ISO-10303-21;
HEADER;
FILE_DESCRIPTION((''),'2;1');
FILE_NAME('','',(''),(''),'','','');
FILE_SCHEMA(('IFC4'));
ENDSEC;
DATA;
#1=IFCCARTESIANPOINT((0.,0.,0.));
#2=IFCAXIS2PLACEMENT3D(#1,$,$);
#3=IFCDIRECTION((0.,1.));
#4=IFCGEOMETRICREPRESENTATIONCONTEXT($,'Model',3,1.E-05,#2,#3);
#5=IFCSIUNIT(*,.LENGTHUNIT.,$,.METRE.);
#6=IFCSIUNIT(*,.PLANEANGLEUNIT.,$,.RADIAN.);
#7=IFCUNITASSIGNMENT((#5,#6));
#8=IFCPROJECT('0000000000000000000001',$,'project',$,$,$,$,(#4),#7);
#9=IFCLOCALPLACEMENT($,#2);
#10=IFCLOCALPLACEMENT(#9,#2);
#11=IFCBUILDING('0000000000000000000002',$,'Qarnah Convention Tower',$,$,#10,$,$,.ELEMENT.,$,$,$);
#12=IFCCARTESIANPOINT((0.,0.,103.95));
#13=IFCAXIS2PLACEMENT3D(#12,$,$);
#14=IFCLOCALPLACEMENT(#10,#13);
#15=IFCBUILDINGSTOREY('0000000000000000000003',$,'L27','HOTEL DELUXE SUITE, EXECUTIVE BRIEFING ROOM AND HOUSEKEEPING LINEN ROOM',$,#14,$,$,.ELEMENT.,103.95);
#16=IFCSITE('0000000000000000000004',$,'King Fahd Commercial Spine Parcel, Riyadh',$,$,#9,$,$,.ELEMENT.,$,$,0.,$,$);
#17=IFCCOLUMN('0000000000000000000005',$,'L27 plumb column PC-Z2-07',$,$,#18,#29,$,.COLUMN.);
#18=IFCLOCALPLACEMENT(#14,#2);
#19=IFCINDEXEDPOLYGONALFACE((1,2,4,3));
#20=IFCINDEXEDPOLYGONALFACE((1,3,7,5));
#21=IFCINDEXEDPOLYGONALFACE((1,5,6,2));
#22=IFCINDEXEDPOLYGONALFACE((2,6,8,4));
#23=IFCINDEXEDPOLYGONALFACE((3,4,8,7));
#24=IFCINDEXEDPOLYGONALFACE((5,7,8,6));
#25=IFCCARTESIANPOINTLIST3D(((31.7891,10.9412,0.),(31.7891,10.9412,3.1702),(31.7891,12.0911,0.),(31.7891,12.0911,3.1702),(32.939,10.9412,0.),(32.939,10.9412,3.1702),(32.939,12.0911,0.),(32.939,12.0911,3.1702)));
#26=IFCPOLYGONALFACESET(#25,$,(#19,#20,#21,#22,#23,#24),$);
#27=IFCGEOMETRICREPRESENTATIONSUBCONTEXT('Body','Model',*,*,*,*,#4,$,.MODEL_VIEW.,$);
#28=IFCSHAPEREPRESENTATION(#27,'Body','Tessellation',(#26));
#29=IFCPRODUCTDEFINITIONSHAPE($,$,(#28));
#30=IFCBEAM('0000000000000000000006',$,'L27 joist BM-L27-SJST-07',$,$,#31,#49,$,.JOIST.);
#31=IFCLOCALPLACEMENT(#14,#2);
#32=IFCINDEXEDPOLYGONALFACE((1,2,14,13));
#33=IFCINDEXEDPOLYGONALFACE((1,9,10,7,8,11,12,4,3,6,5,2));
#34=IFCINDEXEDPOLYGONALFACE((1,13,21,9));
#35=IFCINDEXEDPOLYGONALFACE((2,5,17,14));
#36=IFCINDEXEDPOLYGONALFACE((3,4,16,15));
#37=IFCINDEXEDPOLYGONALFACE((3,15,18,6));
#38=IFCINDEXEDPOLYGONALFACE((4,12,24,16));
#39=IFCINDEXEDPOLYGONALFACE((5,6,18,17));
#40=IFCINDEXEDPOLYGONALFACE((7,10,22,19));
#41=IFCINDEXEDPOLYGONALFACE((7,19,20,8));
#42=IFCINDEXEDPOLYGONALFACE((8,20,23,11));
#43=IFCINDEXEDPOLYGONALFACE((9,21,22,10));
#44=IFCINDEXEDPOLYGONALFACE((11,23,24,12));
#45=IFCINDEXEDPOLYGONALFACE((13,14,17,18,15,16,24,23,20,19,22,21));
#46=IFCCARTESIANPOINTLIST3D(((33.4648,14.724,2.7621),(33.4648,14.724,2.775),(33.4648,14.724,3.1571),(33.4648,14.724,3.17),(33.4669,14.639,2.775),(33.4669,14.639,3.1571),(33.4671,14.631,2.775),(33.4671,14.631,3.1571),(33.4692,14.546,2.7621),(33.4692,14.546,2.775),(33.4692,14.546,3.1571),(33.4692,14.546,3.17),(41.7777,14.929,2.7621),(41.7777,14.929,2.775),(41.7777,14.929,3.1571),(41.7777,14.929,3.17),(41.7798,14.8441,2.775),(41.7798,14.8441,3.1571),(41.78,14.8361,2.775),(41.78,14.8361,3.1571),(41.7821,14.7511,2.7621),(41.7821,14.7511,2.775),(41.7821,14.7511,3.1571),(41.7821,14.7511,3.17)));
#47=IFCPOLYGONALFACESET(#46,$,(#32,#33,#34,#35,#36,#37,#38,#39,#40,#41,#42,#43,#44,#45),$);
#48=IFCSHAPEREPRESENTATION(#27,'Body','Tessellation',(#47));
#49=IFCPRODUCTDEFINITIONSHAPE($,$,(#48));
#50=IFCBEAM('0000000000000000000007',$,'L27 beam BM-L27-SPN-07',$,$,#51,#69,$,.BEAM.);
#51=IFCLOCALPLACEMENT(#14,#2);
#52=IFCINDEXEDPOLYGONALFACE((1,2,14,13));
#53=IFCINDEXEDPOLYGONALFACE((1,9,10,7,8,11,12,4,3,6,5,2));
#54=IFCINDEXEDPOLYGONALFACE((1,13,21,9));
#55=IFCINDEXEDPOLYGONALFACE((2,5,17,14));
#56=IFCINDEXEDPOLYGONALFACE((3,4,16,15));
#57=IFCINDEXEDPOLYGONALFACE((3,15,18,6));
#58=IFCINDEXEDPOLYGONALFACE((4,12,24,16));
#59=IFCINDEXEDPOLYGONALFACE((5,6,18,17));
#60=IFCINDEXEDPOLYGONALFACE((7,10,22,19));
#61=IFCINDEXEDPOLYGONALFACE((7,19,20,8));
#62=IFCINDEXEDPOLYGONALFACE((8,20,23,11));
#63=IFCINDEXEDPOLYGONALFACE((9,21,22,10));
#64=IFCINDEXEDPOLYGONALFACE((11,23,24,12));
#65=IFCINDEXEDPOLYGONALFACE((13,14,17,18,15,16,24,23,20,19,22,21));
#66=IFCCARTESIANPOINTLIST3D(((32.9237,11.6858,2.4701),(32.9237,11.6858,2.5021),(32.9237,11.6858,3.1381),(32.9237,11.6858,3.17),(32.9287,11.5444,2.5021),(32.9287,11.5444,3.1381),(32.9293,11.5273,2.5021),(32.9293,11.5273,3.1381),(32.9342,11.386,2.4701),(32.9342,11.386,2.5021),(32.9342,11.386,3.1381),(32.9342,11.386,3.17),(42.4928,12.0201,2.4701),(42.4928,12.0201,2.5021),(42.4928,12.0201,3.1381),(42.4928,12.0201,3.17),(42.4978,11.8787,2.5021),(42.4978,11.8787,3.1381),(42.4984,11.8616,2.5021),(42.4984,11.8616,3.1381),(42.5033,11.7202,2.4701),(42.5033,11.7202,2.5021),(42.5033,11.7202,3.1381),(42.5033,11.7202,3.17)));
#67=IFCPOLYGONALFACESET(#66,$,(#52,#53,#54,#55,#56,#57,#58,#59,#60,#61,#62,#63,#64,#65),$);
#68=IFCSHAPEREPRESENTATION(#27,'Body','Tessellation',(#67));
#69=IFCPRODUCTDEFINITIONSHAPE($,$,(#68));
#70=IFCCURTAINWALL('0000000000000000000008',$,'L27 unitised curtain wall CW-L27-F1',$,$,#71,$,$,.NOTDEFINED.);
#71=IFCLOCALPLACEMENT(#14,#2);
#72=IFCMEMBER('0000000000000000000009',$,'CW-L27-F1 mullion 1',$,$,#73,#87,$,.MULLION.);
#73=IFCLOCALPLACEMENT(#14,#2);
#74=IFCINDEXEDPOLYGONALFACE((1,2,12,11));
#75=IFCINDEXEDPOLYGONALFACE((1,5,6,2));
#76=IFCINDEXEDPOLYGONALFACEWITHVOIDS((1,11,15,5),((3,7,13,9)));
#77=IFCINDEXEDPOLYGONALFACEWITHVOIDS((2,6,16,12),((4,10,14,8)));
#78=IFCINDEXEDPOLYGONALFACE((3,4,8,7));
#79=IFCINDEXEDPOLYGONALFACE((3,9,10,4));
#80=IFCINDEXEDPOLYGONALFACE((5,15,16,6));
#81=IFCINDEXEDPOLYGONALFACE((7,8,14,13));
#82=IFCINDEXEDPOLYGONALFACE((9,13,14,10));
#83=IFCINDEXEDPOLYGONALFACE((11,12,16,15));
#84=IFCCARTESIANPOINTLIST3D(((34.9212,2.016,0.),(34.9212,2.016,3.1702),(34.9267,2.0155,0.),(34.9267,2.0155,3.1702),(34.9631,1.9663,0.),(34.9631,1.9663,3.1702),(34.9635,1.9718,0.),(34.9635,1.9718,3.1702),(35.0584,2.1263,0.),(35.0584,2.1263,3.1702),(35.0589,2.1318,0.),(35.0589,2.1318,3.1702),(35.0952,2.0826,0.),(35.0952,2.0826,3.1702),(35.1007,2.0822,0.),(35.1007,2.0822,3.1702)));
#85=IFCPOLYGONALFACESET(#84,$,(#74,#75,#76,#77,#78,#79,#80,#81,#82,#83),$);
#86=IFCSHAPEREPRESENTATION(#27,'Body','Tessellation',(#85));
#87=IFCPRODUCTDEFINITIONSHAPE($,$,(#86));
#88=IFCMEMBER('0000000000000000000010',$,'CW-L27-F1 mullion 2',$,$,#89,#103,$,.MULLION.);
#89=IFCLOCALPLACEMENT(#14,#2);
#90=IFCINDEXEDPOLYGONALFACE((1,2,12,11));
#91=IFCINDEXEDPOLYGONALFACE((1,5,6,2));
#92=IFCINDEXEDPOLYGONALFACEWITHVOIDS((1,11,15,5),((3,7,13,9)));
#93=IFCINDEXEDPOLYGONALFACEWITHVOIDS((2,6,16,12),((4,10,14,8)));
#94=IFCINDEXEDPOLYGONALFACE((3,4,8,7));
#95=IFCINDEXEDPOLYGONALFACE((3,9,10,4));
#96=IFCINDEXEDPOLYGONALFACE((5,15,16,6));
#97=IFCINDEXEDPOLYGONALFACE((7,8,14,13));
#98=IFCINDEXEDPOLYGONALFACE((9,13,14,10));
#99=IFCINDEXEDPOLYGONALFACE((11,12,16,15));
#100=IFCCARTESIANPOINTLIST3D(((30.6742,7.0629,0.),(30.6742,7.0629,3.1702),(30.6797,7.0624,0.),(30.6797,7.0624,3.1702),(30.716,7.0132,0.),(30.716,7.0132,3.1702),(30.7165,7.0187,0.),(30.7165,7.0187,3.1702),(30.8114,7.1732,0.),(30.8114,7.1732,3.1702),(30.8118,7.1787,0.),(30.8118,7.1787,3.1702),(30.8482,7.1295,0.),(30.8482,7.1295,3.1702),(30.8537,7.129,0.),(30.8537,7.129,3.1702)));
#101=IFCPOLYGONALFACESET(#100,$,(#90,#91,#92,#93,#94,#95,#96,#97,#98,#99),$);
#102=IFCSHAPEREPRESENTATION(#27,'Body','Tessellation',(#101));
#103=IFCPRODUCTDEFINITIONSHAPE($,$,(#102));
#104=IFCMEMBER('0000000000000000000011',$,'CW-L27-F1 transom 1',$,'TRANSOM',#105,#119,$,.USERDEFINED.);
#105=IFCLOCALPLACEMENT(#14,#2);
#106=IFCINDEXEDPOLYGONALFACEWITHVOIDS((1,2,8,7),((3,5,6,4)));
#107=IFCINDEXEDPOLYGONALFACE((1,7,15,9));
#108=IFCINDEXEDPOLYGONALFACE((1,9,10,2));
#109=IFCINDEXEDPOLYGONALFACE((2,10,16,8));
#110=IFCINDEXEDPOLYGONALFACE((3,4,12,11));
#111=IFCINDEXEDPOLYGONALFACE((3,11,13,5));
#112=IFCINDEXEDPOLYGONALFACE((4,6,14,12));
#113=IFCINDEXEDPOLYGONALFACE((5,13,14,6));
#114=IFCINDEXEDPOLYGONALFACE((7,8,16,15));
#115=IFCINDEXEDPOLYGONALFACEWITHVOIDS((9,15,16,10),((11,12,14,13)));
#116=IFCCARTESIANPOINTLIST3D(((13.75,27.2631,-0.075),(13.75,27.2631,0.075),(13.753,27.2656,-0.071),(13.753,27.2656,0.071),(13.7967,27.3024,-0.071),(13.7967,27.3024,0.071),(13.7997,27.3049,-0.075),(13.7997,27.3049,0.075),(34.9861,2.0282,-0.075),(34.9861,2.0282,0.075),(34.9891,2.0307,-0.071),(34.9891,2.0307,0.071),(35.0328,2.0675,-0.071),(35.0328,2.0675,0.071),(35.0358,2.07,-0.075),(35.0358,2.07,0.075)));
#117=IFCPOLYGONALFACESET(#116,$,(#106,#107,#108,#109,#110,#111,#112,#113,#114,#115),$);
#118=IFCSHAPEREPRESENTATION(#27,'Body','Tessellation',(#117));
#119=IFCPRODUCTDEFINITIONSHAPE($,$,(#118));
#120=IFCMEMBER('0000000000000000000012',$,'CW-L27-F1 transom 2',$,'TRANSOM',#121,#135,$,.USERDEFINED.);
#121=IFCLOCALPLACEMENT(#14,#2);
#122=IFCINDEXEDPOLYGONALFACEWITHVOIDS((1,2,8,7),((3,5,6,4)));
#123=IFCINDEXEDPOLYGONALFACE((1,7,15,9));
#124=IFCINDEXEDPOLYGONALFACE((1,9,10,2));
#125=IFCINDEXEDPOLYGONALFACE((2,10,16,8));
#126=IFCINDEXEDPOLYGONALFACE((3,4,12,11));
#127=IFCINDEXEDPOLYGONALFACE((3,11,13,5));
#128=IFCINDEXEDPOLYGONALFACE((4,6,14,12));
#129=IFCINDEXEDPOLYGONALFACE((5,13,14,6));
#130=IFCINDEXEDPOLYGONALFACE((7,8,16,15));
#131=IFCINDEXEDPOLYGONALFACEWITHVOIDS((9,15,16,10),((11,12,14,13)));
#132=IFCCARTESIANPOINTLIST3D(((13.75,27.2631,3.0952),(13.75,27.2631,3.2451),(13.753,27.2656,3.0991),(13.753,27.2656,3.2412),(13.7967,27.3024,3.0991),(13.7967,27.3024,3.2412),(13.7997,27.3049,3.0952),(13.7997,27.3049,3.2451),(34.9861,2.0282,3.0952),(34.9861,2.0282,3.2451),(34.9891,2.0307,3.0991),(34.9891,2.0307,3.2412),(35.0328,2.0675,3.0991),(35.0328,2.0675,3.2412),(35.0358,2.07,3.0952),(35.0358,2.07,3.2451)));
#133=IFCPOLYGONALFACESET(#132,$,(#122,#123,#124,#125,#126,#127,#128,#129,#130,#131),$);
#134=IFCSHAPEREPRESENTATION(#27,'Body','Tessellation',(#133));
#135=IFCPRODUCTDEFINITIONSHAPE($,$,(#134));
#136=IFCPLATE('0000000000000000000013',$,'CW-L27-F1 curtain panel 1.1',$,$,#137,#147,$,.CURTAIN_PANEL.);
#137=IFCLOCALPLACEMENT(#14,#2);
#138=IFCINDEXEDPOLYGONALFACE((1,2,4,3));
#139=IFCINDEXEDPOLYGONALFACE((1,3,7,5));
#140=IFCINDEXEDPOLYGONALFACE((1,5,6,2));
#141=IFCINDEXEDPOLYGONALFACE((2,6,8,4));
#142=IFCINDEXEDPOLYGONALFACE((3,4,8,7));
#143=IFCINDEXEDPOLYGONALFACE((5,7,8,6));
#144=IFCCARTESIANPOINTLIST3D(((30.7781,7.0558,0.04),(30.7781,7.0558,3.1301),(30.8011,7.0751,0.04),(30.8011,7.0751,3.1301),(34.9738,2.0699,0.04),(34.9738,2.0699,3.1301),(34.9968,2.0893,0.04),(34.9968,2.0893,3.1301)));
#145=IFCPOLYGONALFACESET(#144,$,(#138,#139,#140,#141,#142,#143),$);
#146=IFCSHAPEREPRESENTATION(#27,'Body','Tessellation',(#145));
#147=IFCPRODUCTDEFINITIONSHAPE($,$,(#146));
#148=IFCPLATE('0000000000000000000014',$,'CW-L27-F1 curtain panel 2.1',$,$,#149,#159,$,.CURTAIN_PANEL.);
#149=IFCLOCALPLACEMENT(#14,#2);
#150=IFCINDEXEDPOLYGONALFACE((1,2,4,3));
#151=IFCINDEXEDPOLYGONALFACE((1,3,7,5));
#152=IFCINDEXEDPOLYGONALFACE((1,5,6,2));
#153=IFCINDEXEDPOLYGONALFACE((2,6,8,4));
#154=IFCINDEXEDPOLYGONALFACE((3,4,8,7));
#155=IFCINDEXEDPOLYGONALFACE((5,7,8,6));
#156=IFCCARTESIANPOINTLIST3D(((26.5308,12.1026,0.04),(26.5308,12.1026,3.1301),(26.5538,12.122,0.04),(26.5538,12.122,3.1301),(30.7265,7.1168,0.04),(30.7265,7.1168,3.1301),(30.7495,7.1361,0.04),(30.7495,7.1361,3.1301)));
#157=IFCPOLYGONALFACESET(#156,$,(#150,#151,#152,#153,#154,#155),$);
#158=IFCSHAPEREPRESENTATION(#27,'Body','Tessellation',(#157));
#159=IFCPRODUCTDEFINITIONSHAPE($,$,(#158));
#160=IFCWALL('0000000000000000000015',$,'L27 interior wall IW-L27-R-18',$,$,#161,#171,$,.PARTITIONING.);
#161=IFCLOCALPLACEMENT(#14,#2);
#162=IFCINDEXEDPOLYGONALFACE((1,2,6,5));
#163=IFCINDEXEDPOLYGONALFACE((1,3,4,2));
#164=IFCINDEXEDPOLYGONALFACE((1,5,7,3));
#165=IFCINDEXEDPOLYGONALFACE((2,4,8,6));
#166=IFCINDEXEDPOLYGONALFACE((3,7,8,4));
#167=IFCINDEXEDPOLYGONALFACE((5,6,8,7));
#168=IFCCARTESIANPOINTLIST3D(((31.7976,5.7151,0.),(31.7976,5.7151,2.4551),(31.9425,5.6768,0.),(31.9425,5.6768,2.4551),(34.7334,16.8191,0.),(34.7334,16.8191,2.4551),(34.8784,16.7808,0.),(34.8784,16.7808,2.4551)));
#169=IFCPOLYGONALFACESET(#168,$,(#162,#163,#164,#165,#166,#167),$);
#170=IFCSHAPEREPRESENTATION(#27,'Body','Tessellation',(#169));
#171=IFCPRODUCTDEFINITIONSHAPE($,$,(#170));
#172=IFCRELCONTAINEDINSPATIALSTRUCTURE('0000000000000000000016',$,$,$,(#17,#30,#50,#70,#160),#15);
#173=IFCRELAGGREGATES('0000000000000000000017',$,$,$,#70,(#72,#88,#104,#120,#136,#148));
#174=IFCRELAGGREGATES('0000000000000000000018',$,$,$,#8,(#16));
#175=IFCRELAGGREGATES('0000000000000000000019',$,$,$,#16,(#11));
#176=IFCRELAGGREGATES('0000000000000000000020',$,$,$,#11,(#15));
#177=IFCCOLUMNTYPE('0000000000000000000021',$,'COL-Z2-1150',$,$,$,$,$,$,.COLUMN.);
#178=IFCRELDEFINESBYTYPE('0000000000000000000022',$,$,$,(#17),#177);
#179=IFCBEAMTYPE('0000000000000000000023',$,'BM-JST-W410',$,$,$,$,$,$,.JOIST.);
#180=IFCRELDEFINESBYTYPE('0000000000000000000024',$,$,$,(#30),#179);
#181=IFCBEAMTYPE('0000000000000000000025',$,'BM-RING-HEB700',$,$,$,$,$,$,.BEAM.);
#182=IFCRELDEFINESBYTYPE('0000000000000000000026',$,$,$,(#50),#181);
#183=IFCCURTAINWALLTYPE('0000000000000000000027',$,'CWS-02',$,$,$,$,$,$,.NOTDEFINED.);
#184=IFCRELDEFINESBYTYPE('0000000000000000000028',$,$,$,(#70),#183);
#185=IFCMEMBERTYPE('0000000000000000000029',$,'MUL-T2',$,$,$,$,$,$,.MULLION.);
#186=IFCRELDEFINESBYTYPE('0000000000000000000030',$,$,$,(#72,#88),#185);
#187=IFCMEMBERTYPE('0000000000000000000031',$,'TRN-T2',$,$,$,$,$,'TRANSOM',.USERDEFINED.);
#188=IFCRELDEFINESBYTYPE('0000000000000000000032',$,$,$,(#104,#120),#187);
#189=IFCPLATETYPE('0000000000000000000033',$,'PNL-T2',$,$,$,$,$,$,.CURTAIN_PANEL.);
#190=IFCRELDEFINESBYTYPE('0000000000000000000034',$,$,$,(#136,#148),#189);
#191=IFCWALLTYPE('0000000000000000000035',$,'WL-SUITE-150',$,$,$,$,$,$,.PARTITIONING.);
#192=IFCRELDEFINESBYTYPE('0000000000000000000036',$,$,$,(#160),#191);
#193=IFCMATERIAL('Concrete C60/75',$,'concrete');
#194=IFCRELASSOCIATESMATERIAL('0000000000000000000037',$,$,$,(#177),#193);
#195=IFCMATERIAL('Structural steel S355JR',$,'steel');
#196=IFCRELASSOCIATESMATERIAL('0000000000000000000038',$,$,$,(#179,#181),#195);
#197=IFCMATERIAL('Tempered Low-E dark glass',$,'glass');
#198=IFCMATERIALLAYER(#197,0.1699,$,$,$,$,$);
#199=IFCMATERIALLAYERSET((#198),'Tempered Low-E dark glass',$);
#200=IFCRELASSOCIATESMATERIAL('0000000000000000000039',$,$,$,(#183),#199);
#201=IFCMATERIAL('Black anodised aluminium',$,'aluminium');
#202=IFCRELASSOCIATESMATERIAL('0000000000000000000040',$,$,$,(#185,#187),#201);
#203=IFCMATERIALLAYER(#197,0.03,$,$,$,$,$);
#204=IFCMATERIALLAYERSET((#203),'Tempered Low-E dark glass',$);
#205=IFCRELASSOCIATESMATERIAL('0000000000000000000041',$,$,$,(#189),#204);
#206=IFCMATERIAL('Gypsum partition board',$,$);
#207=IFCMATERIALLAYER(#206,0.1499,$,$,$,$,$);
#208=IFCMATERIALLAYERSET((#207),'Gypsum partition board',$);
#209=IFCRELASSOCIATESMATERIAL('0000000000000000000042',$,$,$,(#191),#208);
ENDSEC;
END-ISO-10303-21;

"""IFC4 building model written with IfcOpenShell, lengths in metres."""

from ifc_helpers import new_model, si_unit, direction, frame, frame_2d, origin, origin_2d, place, context, subcontext, project, spatial, rectangle, hollow_rectangle, i_section, extrude, material, layer, layer_set, material_profile, profile_set, type_object, element, aggregate, save


model = new_model("IFC4")

# Units and contexts
model_context = context("Model", 3, precision=1e-05, world=origin(), true_north=direction((0.0, 1.0)))
body_context = subcontext(model_context, "Body", "Model", "MODEL_VIEW")
ifc_project = project(units=[si_unit("LENGTHUNIT", "METRE"), si_unit("PLANEANGLEUNIT", "RADIAN")], contexts=[model_context])

# Site, building, storey
site_placement = place(None, origin())
site = spatial("IfcSite", under=ifc_project, at=site_placement, Name="King Fahd Commercial Spine Parcel, Riyadh", CompositionType="ELEMENT", RefElevation=0.0)
building_placement = place(site_placement, origin())
building = spatial("IfcBuilding", under=site, at=building_placement, Name="Qarnah Convention Tower", CompositionType="ELEMENT")
storey_placement = place(building_placement, frame((0.0, 0.0, 103.95)))
storey = spatial("IfcBuildingStorey", under=building, at=storey_placement, Name="L27", Description="HOTEL DELUXE SUITE, EXECUTIVE BRIEFING ROOM AND HOUSEKEEPING LINEN ROOM", CompositionType="ELEMENT", Elevation=103.95)

# Column
ifc_material_1 = material(Name="Concrete C60/75", Category="concrete")
ifc_material_profile_1 = material_profile(ifc_material_1, rectangle(XDim=1.1499, YDim=1.1499, at=origin_2d()), Name="RC-COL-1150X1150")
ifc_profile_set_1 = profile_set([ifc_material_profile_1], Name="Concrete C60/75")
column_type = type_object("IfcColumnType", Name="COL-Z2-1150", PredefinedType="COLUMN", material=ifc_profile_set_1)
column_placement = place(storey_placement, frame((32.364, 11.5161, 0.0), z_axis=(0.0, 0.0, 1.0), x_axis=(1.0, 0.0, 0.0)))
element("IfcColumn", 1, at=column_placement, inside=storey, type_object=column_type, Name="L27 plumb column PC-Z2-07", PredefinedType="COLUMN", context=body_context, shape_type="SweptSolid", body=[
    extrude(rectangle(XDim=1.1499, YDim=1.1499, at=origin_2d()), origin(), (0.0, 0.0, 1.0), 3.1702),
])

# Beams
ifc_material_2 = material(Name="Structural steel S355JR", Category="steel")
ifc_material_profile_2 = material_profile(ifc_material_2, i_section(OverallWidth=0.178, OverallDepth=0.408, WebThickness=0.0081, FlangeThickness=0.0129, at=origin_2d()), Name="W410X60")
ifc_profile_set_2 = profile_set([ifc_material_profile_2], Name="Structural steel S355JR")
beam_type_1 = type_object("IfcBeamType", Name="BM-JST-W410", PredefinedType="JOIST", material=ifc_profile_set_2)
beam_1_placement = place(storey_placement, frame((33.467, 14.635, 2.9661), z_axis=(0.999696, 0.024662, 0.0), x_axis=(-0.024662, 0.999696, 0.0)))
element("IfcBeam", 2, at=beam_1_placement, inside=storey, type_object=beam_type_1, Name="L27 joist BM-L27-SJST-07", PredefinedType="JOIST", context=body_context, shape_type="SweptSolid", body=[
    extrude(i_section(OverallWidth=0.178, OverallDepth=0.408, WebThickness=0.0081, FlangeThickness=0.0129, at=origin_2d()), origin(), (0.0, 0.0, 1.0), 8.3154),
])
ifc_material_profile_3 = material_profile(ifc_material_2, i_section(OverallWidth=0.3, OverallDepth=0.7, WebThickness=0.0171, FlangeThickness=0.032, at=origin_2d()), Name="HEB700")
ifc_profile_set_3 = profile_set([ifc_material_profile_3], Name="Structural steel S355JR")
beam_type_2 = type_object("IfcBeamType", Name="BM-RING-HEB700", PredefinedType="BEAM", material=ifc_profile_set_3)
beam_2_placement = place(storey_placement, frame((32.929, 11.5359, 2.8201), z_axis=(0.999391, 0.034907, 0.0), x_axis=(-0.034907, 0.999391, 0.0)))
element("IfcBeam", 3, at=beam_2_placement, inside=storey, type_object=beam_type_2, Name="L27 beam BM-L27-SPN-07", PredefinedType="BEAM", context=body_context, shape_type="SweptSolid", body=[
    extrude(i_section(OverallWidth=0.3, OverallDepth=0.7, WebThickness=0.0171, FlangeThickness=0.032, at=origin_2d()), origin(), (0.0, 0.0, 1.0), 9.575),
])

# Curtain wall, members, plates
ifc_material_3 = material(Name="Tempered Low-E dark glass", Category="glass")
ifc_layer_1 = layer(ifc_material_3, 0.1699)
ifc_layer_set_1 = layer_set([ifc_layer_1], Name="Tempered Low-E dark glass")
curtain_wall_type = type_object("IfcCurtainWallType", Name="CWS-02", PredefinedType="NOTDEFINED", material=ifc_layer_set_1)
curtain_wall_placement = place(storey_placement, origin())
curtain_wall = element("IfcCurtainWall", 4, at=curtain_wall_placement, inside=storey, type_object=curtain_wall_type, Name="L27 unitised curtain wall CW-L27-F1", PredefinedType="NOTDEFINED")
ifc_material_4 = material(Name="Black anodised aluminium", Category="aluminium")
ifc_material_profile_4 = material_profile(ifc_material_4, hollow_rectangle(XDim=0.0649, YDim=0.1799, WallThickness=0.0039, at=origin_2d()), Name="MUL-65X180")
ifc_profile_set_4 = profile_set([ifc_material_profile_4], Name="Black anodised aluminium")
member_type_1 = type_object("IfcMemberType", Name="MUL-T2", PredefinedType="MULLION", material=ifc_profile_set_4)
member_1_placement = place(storey_placement, frame((35.011, 2.0491, 0.0), z_axis=(0.0, 0.0, 1.0), x_axis=(-0.643878, 0.765128, 0.0)))
member_1 = element("IfcMember", 5, at=member_1_placement, type_object=member_type_1, Name="CW-L27-F1 mullion 1", PredefinedType="MULLION", context=body_context, shape_type="SweptSolid", body=[
    extrude(hollow_rectangle(XDim=0.0649, YDim=0.1799, WallThickness=0.0039, at=origin_2d()), origin(), (0.0, 0.0, 1.0), 3.1702),
])
member_2_placement = place(storey_placement, frame((30.7639, 7.0959, 0.0), z_axis=(0.0, 0.0, 1.0), x_axis=(-0.643878, 0.765128, 0.0)))
member_2 = element("IfcMember", 6, at=member_2_placement, type_object=member_type_1, Name="CW-L27-F1 mullion 2", PredefinedType="MULLION", context=body_context, shape_type="SweptSolid", body=[
    extrude(hollow_rectangle(XDim=0.0649, YDim=0.1799, WallThickness=0.0039, at=origin_2d()), origin(), (0.0, 0.0, 1.0), 3.1702),
])
ifc_material_profile_5 = material_profile(ifc_material_4, hollow_rectangle(XDim=0.0649, YDim=0.1499, WallThickness=0.0039, at=origin_2d()), Name="TRN-65X150")
ifc_profile_set_5 = profile_set([ifc_material_profile_5], Name="Black anodised aluminium")
member_type_2 = type_object("IfcMemberType", Name="TRN-T2", ElementType="TRANSOM", PredefinedType="USERDEFINED", material=ifc_profile_set_5)
member_3_placement = place(storey_placement, frame((35.011, 2.0491, 0.0), z_axis=(-0.643882, 0.765125, 0.0), x_axis=(-0.765125, -0.643882, 0.0)))
member_3 = element("IfcMember", 7, at=member_3_placement, type_object=member_type_2, Name="CW-L27-F1 transom 1", ObjectType="TRANSOM", PredefinedType="USERDEFINED", context=body_context, shape_type="SweptSolid", body=[
    extrude(hollow_rectangle(XDim=0.0649, YDim=0.1499, WallThickness=0.0039, at=origin_2d()), origin(), (0.0, 0.0, 1.0), 32.9814),
])
member_4_placement = place(storey_placement, frame((35.011, 2.0491, 3.1702), z_axis=(-0.643882, 0.765125, 0.0), x_axis=(-0.765125, -0.643882, 0.0)))
member_4 = element("IfcMember", 8, at=member_4_placement, type_object=member_type_2, Name="CW-L27-F1 transom 2", ObjectType="TRANSOM", PredefinedType="USERDEFINED", context=body_context, shape_type="SweptSolid", body=[
    extrude(hollow_rectangle(XDim=0.0649, YDim=0.1499, WallThickness=0.0039, at=origin_2d()), origin(), (0.0, 0.0, 1.0), 32.9814),
])
ifc_layer_2 = layer(ifc_material_3, 0.03)
ifc_layer_set_2 = layer_set([ifc_layer_2], Name="Tempered Low-E dark glass")
plate_type = type_object("IfcPlateType", Name="PNL-T2", PredefinedType="CURTAIN_PANEL", material=ifc_layer_set_2)
plate_1_placement = place(storey_placement, frame((32.8875, 4.5725, 0.04), z_axis=(0.0, 0.0, 1.0), x_axis=(-0.643878, 0.765128, 0.0)))
plate_1 = element("IfcPlate", 9, at=plate_1_placement, type_object=plate_type, Name="CW-L27-F1 curtain panel 1.1", PredefinedType="CURTAIN_PANEL", context=body_context, shape_type="SweptSolid", body=[
    extrude(rectangle(XDim=6.5164, YDim=0.03, at=origin_2d()), origin(), (0.0, 0.0, 1.0), 3.0901),
])
plate_2_placement = place(storey_placement, frame((28.6401, 9.6194, 0.04), z_axis=(0.0, 0.0, 1.0), x_axis=(-0.643878, 0.765128, 0.0)))
plate_2 = element("IfcPlate", 10, at=plate_2_placement, type_object=plate_type, Name="CW-L27-F1 curtain panel 2.1", PredefinedType="CURTAIN_PANEL", context=body_context, shape_type="SweptSolid", body=[
    extrude(rectangle(XDim=6.5164, YDim=0.03, at=origin_2d()), origin(), (0.0, 0.0, 1.0), 3.0901),
])
aggregate(curtain_wall, [member_1, member_2, member_3, member_4, plate_1, plate_2])

# Wall
ifc_material_5 = material(Name="Gypsum partition board")
ifc_layer_3 = layer(ifc_material_5, 0.1499)
ifc_layer_set_3 = layer_set([ifc_layer_3], Name="Gypsum partition board")
wall_type_1 = type_object("IfcWallType", Name="WL-SUITE-150", PredefinedType="PARTITIONING", material=ifc_layer_set_3)
wall_1_placement = place(storey_placement, frame((31.8701, 5.696, 0.0), z_axis=(0.0, 0.0, 1.0), x_axis=(0.255607, 0.966781, 0.0)))
element("IfcWall", 11, at=wall_1_placement, inside=storey, type_object=wall_type_1, Name="L27 interior wall IW-L27-R-18", PredefinedType="PARTITIONING", context=body_context, shape_type="SweptSolid", body=[
    extrude(rectangle(XDim=11.4856, YDim=0.1499, at=frame_2d((5.7427, 0.0))), origin(), (0.0, 0.0, 1.0), 2.4551),
])

save(model, "model.ifc")
